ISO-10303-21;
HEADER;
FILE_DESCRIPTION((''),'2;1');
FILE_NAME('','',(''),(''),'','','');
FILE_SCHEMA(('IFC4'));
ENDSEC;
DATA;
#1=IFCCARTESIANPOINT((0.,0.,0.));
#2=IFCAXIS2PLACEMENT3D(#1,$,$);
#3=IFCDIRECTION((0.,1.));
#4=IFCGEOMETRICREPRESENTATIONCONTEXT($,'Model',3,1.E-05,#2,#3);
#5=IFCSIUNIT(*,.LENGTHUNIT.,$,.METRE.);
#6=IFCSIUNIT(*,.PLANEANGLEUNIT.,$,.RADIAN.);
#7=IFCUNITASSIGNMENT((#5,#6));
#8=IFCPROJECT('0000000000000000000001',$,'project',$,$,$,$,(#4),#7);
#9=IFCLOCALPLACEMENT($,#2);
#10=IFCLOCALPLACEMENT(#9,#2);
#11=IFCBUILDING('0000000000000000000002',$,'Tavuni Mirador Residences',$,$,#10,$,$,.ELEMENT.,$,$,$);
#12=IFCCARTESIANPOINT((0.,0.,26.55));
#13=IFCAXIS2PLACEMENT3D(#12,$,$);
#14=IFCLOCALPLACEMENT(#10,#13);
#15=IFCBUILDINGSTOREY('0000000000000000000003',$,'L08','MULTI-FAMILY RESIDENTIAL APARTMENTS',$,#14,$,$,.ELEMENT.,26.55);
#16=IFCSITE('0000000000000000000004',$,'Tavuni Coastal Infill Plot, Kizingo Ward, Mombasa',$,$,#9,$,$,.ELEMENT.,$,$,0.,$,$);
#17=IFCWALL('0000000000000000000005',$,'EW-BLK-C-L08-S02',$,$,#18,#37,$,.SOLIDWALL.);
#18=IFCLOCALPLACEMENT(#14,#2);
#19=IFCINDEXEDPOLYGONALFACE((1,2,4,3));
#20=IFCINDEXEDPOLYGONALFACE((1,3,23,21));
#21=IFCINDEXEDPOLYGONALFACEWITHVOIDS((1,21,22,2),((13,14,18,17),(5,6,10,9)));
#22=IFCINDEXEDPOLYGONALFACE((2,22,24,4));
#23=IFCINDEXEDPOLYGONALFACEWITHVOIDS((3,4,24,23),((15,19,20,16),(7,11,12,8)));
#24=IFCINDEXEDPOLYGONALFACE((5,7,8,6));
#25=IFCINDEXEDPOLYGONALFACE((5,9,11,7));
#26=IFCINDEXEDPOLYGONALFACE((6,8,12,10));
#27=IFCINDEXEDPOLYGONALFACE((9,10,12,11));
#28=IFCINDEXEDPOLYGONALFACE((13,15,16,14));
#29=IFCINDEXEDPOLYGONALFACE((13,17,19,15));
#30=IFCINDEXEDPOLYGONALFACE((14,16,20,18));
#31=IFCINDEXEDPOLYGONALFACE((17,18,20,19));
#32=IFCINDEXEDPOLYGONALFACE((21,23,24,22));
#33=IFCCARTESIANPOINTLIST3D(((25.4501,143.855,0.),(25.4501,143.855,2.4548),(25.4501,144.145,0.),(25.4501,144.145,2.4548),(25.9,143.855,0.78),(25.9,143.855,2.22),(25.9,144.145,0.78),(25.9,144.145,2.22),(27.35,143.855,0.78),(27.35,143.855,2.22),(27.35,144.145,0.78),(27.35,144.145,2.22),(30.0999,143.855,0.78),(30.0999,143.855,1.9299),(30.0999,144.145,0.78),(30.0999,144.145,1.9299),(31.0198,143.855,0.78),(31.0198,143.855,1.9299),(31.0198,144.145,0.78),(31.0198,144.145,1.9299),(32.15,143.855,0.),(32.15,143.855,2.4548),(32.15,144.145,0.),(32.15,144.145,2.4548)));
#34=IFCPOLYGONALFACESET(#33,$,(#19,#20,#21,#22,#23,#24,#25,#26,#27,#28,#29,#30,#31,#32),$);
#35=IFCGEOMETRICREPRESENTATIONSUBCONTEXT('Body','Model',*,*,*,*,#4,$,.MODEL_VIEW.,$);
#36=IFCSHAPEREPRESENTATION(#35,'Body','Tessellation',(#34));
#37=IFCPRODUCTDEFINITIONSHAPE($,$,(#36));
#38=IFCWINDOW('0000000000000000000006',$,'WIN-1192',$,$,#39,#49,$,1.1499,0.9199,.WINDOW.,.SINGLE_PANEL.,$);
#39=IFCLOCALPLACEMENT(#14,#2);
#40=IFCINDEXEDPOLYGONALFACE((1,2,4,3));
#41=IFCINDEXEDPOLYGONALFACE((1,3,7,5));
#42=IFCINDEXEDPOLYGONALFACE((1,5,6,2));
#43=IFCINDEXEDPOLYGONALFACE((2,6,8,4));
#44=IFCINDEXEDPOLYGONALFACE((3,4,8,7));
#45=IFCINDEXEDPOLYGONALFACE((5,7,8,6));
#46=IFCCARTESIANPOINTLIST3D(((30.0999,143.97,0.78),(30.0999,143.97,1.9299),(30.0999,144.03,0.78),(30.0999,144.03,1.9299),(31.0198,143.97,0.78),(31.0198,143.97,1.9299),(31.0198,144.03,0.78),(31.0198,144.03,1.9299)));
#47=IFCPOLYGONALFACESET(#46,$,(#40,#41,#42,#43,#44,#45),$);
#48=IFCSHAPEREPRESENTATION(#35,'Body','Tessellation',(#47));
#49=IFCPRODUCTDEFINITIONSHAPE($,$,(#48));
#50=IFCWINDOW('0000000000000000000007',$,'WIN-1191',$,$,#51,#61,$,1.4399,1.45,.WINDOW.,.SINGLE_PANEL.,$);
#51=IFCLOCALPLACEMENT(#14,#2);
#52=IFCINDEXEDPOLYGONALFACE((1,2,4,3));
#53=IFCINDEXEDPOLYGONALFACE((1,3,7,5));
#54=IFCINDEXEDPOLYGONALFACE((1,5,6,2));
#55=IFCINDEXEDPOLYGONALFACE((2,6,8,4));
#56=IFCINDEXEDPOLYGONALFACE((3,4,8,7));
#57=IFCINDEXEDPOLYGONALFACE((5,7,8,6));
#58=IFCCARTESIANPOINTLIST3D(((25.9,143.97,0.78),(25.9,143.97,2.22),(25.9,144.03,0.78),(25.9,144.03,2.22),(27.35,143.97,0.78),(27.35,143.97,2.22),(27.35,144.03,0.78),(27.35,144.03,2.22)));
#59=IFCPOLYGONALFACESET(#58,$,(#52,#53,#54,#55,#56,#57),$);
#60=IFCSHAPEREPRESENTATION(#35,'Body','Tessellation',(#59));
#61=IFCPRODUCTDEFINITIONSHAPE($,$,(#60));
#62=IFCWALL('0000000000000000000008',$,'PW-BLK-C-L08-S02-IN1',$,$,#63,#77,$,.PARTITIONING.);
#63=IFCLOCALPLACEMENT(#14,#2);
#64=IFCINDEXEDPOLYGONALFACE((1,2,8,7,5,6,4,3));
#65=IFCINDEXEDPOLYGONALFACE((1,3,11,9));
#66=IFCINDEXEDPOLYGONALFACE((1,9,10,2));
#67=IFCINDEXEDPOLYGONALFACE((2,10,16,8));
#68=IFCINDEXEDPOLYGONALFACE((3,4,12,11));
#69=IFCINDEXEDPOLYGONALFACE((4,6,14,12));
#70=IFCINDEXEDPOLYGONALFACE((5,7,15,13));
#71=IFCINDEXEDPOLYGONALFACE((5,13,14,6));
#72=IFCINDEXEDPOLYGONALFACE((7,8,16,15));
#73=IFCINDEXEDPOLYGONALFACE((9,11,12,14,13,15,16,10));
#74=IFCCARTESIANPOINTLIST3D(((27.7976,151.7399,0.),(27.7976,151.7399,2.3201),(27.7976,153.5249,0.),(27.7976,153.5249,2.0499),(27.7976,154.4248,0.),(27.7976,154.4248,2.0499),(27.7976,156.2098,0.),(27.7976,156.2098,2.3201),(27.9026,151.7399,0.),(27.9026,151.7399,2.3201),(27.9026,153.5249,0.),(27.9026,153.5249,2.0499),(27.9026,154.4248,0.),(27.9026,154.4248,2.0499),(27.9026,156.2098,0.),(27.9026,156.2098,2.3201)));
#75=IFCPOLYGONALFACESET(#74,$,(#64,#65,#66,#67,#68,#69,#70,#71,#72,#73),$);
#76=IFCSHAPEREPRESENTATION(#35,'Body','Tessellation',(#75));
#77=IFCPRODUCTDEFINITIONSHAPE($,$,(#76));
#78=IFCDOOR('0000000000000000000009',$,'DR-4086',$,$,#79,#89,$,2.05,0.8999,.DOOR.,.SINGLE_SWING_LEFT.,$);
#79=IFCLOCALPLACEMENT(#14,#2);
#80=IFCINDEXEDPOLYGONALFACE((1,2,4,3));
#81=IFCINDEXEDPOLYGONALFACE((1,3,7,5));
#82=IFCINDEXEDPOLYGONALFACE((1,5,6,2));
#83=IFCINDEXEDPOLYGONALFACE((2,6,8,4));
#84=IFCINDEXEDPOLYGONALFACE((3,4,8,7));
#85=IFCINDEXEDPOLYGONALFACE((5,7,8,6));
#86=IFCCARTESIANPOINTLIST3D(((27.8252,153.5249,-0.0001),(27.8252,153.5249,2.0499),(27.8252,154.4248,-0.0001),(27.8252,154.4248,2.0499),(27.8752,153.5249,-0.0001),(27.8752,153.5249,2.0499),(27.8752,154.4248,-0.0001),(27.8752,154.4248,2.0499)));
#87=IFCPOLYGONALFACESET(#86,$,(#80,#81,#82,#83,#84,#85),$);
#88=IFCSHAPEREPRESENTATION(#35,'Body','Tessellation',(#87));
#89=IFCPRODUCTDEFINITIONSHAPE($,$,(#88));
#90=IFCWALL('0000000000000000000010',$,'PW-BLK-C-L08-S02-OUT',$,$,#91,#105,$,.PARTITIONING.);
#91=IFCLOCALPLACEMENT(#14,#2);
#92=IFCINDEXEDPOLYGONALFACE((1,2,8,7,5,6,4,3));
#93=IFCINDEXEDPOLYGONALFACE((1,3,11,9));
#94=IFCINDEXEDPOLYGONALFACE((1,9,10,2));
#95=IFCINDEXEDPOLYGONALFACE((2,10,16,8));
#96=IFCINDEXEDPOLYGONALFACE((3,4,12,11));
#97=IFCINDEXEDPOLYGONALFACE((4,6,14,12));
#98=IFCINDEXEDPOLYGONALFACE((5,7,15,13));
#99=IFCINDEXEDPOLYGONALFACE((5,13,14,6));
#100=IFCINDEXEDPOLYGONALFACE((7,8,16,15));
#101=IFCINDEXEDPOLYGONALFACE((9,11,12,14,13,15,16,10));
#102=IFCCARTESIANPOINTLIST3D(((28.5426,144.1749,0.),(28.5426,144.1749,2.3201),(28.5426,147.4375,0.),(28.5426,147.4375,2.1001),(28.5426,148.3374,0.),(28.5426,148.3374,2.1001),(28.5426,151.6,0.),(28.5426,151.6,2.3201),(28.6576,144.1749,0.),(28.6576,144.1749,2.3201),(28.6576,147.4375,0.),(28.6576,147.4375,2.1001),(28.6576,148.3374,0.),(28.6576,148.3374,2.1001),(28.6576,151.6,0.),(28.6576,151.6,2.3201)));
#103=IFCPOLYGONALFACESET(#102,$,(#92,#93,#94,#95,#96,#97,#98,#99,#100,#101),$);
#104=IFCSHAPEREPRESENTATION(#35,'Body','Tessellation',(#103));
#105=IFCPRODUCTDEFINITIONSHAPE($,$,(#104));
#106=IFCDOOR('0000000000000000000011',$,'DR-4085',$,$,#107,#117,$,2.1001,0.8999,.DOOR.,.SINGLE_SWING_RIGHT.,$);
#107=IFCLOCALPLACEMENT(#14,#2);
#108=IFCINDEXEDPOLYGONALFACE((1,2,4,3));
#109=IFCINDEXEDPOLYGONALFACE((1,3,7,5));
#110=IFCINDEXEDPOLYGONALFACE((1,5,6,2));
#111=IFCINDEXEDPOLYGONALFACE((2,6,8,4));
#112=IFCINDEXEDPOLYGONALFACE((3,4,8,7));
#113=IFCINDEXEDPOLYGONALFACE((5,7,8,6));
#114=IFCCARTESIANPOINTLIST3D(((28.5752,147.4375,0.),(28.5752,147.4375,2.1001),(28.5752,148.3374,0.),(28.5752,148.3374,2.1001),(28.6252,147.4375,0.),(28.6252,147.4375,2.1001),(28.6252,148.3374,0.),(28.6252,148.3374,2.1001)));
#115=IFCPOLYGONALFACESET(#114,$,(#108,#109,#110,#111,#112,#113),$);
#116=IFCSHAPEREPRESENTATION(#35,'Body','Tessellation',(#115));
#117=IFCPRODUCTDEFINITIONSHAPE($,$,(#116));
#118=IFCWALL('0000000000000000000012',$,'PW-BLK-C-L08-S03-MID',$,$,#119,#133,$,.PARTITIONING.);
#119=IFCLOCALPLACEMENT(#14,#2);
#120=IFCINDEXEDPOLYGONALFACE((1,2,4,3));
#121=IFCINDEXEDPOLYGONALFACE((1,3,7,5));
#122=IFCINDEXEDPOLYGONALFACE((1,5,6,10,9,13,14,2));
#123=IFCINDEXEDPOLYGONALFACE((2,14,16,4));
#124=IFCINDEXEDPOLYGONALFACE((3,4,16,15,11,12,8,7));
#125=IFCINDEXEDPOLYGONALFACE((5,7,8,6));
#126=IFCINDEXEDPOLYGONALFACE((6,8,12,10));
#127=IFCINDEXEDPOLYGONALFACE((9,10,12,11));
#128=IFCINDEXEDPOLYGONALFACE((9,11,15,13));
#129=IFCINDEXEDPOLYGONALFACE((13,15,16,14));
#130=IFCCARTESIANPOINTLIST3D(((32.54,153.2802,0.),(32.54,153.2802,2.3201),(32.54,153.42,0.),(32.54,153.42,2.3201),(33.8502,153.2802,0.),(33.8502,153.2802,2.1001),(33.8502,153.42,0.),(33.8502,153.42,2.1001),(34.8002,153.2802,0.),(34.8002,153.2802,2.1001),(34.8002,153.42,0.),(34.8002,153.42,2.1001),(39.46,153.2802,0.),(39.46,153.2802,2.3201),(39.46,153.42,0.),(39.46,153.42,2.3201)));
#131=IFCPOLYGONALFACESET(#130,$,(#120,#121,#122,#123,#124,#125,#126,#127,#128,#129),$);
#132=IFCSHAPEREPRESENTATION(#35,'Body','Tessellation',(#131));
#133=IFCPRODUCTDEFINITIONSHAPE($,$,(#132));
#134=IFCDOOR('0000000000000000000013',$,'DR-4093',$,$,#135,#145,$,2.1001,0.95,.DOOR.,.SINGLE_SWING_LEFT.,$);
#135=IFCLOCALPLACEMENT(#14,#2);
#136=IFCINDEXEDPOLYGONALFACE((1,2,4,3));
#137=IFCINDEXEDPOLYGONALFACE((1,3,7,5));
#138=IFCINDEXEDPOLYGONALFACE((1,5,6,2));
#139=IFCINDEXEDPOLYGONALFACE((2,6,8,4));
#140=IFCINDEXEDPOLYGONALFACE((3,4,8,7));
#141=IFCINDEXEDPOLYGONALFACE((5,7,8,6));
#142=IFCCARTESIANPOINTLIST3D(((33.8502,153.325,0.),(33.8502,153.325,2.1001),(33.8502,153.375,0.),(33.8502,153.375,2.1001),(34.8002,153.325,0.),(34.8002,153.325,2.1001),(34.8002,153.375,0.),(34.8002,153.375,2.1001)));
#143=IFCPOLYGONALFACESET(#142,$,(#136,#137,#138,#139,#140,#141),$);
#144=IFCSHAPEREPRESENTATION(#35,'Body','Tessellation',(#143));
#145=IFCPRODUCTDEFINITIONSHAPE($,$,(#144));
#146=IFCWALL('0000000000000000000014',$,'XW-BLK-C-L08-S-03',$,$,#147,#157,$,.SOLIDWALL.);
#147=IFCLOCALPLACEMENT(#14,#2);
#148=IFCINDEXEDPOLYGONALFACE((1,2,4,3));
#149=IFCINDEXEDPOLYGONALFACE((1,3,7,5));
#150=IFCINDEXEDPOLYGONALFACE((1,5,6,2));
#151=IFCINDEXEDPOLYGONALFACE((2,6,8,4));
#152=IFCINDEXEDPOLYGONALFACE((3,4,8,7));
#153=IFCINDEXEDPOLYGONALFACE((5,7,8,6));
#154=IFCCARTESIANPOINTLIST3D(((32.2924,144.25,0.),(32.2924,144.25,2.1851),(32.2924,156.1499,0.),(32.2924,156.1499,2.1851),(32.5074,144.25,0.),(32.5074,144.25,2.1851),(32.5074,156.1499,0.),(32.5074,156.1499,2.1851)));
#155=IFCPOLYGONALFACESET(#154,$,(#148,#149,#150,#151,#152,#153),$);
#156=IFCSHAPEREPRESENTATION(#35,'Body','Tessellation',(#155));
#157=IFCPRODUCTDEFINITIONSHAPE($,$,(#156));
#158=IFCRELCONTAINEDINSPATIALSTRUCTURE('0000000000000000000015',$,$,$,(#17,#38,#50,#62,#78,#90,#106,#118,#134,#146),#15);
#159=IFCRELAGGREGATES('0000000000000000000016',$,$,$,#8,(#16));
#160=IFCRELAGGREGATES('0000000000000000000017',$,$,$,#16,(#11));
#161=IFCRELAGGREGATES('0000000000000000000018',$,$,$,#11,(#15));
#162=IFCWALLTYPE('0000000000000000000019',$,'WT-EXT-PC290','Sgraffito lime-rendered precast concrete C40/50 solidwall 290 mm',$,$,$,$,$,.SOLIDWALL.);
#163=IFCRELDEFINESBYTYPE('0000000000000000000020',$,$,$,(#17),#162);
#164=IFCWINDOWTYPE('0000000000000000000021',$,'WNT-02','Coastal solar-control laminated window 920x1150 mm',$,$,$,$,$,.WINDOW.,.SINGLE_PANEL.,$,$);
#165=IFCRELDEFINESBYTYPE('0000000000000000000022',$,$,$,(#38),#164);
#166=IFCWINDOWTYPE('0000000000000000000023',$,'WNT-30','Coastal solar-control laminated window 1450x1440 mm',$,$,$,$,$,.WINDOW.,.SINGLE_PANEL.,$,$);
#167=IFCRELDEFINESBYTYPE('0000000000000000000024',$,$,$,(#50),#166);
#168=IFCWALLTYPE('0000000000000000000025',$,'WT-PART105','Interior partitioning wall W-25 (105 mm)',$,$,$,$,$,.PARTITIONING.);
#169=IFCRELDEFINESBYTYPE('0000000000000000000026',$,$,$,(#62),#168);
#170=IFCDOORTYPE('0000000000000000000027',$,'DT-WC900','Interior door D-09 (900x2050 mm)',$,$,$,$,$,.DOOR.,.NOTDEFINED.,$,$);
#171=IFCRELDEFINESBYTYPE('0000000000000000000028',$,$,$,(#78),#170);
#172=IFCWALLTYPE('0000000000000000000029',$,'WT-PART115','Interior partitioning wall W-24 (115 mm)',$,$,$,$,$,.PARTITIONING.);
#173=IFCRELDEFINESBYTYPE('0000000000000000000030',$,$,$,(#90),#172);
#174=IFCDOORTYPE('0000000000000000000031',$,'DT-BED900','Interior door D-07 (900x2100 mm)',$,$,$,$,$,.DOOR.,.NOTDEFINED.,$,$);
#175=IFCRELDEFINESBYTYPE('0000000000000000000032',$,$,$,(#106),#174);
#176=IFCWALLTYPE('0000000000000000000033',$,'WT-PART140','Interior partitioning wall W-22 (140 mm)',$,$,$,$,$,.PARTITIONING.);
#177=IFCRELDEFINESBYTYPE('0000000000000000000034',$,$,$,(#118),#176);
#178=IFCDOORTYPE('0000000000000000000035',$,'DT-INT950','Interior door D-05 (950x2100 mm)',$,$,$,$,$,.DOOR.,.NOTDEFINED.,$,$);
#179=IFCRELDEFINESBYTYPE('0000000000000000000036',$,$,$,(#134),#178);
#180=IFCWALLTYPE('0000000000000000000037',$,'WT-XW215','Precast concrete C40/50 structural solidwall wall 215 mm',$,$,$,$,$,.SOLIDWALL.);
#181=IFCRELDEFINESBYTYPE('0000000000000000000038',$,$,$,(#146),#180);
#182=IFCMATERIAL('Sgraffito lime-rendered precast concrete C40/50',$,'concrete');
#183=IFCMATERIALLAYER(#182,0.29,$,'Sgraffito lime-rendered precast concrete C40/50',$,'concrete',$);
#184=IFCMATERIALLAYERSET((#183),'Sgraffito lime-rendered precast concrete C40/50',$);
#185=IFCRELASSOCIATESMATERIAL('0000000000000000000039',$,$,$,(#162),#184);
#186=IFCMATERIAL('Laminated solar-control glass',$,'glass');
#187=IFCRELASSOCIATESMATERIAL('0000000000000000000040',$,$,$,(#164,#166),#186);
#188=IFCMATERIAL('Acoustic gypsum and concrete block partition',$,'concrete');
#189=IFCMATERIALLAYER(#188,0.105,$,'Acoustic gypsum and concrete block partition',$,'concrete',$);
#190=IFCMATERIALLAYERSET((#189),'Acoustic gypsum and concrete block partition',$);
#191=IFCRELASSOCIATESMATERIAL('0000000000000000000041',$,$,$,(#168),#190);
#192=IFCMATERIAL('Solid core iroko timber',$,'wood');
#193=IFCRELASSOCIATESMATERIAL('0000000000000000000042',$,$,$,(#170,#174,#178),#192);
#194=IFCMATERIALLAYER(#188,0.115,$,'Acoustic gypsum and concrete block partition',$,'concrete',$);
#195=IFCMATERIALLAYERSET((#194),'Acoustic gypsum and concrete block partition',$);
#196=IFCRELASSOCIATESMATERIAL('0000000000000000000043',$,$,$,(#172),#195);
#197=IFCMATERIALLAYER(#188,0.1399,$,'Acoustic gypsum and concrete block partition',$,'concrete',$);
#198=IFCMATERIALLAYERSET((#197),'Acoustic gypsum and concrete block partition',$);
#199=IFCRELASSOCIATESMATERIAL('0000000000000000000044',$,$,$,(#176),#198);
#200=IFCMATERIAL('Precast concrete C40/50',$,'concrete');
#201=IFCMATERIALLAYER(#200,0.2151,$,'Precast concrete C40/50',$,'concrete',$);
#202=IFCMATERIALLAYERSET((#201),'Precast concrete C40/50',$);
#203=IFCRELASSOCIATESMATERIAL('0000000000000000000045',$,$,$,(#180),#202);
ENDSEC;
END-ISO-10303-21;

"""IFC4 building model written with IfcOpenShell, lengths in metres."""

from ifc_helpers import new_model, si_unit, direction, frame, frame_2d, origin, place, context, subcontext, project, spatial, rectangle, extrude, material, layer, layer_set, type_object, element, fill, save


model = new_model("IFC4")

# Units and contexts
model_context = context("Model", 3, precision=1e-05, world=origin(), true_north=direction((0.0, 1.0)))
body_context = subcontext(model_context, "Body", "Model", "MODEL_VIEW")
ifc_project = project(units=[si_unit("LENGTHUNIT", "METRE"), si_unit("PLANEANGLEUNIT", "RADIAN")], contexts=[model_context])

# Site, building, storey
site_placement = place(None, origin())
site = spatial("IfcSite", under=ifc_project, at=site_placement, Name="Tavuni Coastal Infill Plot, Kizingo Ward, Mombasa", CompositionType="ELEMENT", RefElevation=0.0)
building_placement = place(site_placement, origin())
building = spatial("IfcBuilding", under=site, at=building_placement, Name="Tavuni Mirador Residences", CompositionType="ELEMENT")
storey_placement = place(building_placement, frame((0.0, 0.0, 26.55)))
storey = spatial("IfcBuildingStorey", under=building, at=storey_placement, Name="L08", Description="MULTI-FAMILY RESIDENTIAL APARTMENTS", CompositionType="ELEMENT", Elevation=26.55)

# Shared definitions
ifc_material_1 = material(Name="Precast concrete C40/50", Category="concrete")

# Shared definitions
ifc_material_2 = material(Name="Solid core iroko timber", Category="wood")

# Wall, openings, windows
ifc_material_3 = material(Name="Sgraffito lime-rendered precast concrete C40/50", Category="concrete")
ifc_layer_1 = layer(ifc_material_3, 0.29, Name="Sgraffito lime-rendered precast concrete C40/50", Category="concrete")
ifc_layer_set_1 = layer_set([ifc_layer_1], Name="Sgraffito lime-rendered precast concrete C40/50")
wall_type_1 = type_object("IfcWallType", Name="WT-EXT-PC290", Description="Sgraffito lime-rendered precast concrete C40/50 solidwall 290 mm", PredefinedType="SOLIDWALL", material=ifc_layer_set_1)
wall_1_placement = place(storey_placement, frame((25.45, 144.0, 0.0), z_axis=(0.0, 0.0, 1.0), x_axis=(1.0, 0.0, 0.0)))
wall_1 = element("IfcWall", 1, at=wall_1_placement, inside=storey, type_object=wall_type_1, Name="EW-BLK-C-L08-S02", PredefinedType="SOLIDWALL", context=body_context, shape_type="SweptSolid", body=[
    extrude(rectangle(XDim=6.7, YDim=0.29, at=frame_2d((3.3501, 0.0))), origin(), (0.0, 0.0, 1.0), 2.4548),
])
opening_1_placement = place(wall_1_placement, frame((0.45, 0.0, 0.78)))
opening_1 = element("IfcOpeningElement", 2, at=opening_1_placement, cuts=wall_1, PredefinedType="OPENING", context=body_context, shape_type="SweptSolid", body=[
    extrude(rectangle(XDim=1.45, YDim=1.4399, at=frame_2d((0.7251, 0.72))), frame((0.0, 0.155, 0.0), z_axis=(0.0, -1.0, 0.0), x_axis=(1.0, 0.0, 0.0)), (0.0, 0.0, 1.0), 0.3101),
])
opening_2_placement = place(wall_1_placement, frame((4.6499, 0.0, 0.78)))
opening_2 = element("IfcOpeningElement", 3, at=opening_2_placement, cuts=wall_1, PredefinedType="OPENING", context=body_context, shape_type="SweptSolid", body=[
    extrude(rectangle(XDim=0.9199, YDim=1.1499, at=frame_2d((0.46, 0.575))), frame((0.0, 0.155, 0.0), z_axis=(0.0, -1.0, 0.0), x_axis=(1.0, 0.0, 0.0)), (0.0, 0.0, 1.0), 0.3101),
])
ifc_material_4 = material(Name="Laminated solar-control glass", Category="glass")
window_type_1 = type_object("IfcWindowType", Name="WNT-02", Description="Coastal solar-control laminated window 920x1150 mm", PartitioningType="SINGLE_PANEL", PredefinedType="WINDOW", material=ifc_material_4)
window_1_placement = place(opening_2_placement, origin())
window_1 = element("IfcWindow", 4, at=window_1_placement, inside=storey, type_object=window_type_1, Name="WIN-1192", OverallHeight=1.1499, OverallWidth=0.9199, PartitioningType="SINGLE_PANEL", PredefinedType="WINDOW", context=body_context, shape_type="SweptSolid", body=[
    extrude(rectangle(XDim=0.9199, YDim=1.1499, at=frame_2d((0.46, 0.575))), frame((0.0, 0.03, 0.0), z_axis=(0.0, -1.0, 0.0), x_axis=(1.0, 0.0, 0.0)), (0.0, 0.0, 1.0), 0.0601),
])
fill(opening_2, window_1)
window_type_2 = type_object("IfcWindowType", Name="WNT-30", Description="Coastal solar-control laminated window 1450x1440 mm", PartitioningType="SINGLE_PANEL", PredefinedType="WINDOW", material=ifc_material_4)
window_2_placement = place(opening_1_placement, origin())
window_2 = element("IfcWindow", 5, at=window_2_placement, inside=storey, type_object=window_type_2, Name="WIN-1191", OverallHeight=1.4399, OverallWidth=1.45, PartitioningType="SINGLE_PANEL", PredefinedType="WINDOW", context=body_context, shape_type="SweptSolid", body=[
    extrude(rectangle(XDim=1.45, YDim=1.4399, at=frame_2d((0.7251, 0.72))), frame((0.0, 0.03, 0.0), z_axis=(0.0, -1.0, 0.0), x_axis=(1.0, 0.0, 0.0)), (0.0, 0.0, 1.0), 0.0601),
])
fill(opening_1, window_2)

# Walls, openings, doors
ifc_material_5 = material(Name="Acoustic gypsum and concrete block partition", Category="concrete")
ifc_layer_2 = layer(ifc_material_5, 0.105, Name="Acoustic gypsum and concrete block partition", Category="concrete")
ifc_layer_set_2 = layer_set([ifc_layer_2], Name="Acoustic gypsum and concrete block partition")
wall_type_2 = type_object("IfcWallType", Name="WT-PART105", Description="Interior partitioning wall W-25 (105 mm)", PredefinedType="PARTITIONING", material=ifc_layer_set_2)
wall_2_placement = place(storey_placement, frame((27.8501, 151.74, 0.0), z_axis=(0.0, 0.0, 1.0), x_axis=(0.0, 1.0, 0.0)))
wall_2 = element("IfcWall", 6, at=wall_2_placement, inside=storey, type_object=wall_type_2, Name="PW-BLK-C-L08-S02-IN1", PredefinedType="PARTITIONING", context=body_context, shape_type="SweptSolid", body=[
    extrude(rectangle(XDim=4.47, YDim=0.105, at=frame_2d((2.2349, 0.0))), origin(), (0.0, 0.0, 1.0), 2.3201),
])
opening_3_placement = place(wall_2_placement, frame((1.7849, 0.0, 0.0)))
opening_3 = element("IfcOpeningElement", 7, at=opening_3_placement, cuts=wall_2, PredefinedType="OPENING", context=body_context, shape_type="SweptSolid", body=[
    extrude(rectangle(XDim=0.8999, YDim=2.05, at=frame_2d((0.45, 1.0249))), frame((0.0, 0.0625, 0.0), z_axis=(0.0, -1.0, 0.0), x_axis=(1.0, 0.0, 0.0)), (0.0, 0.0, 1.0), 0.125),
])
door_type_1 = type_object("IfcDoorType", Name="DT-WC900", Description="Interior door D-09 (900x2050 mm)", OperationType="NOTDEFINED", PredefinedType="DOOR", material=ifc_material_2)
door_1_placement = place(opening_3_placement, origin())
door_1 = element("IfcDoor", 8, at=door_1_placement, inside=storey, type_object=door_type_1, Name="DR-4086", OperationType="SINGLE_SWING_LEFT", OverallHeight=2.05, OverallWidth=0.8999, PredefinedType="DOOR", context=body_context, shape_type="SweptSolid", body=[
    extrude(rectangle(XDim=0.8999, YDim=2.05, at=frame_2d((0.45, 1.0249))), frame((0.0, 0.0249, 0.0), z_axis=(0.0, -1.0, 0.0), x_axis=(1.0, 0.0, 0.0)), (0.0, 0.0, 1.0), 0.05),
])
fill(opening_3, door_1)
ifc_layer_3 = layer(ifc_material_5, 0.115, Name="Acoustic gypsum and concrete block partition", Category="concrete")
ifc_layer_set_3 = layer_set([ifc_layer_3], Name="Acoustic gypsum and concrete block partition")
wall_type_3 = type_object("IfcWallType", Name="WT-PART115", Description="Interior partitioning wall W-24 (115 mm)", PredefinedType="PARTITIONING", material=ifc_layer_set_3)
wall_3_placement = place(storey_placement, frame((28.6001, 144.175, 0.0), z_axis=(0.0, 0.0, 1.0), x_axis=(0.0, 1.0, 0.0)))
wall_3 = element("IfcWall", 9, at=wall_3_placement, inside=storey, type_object=wall_type_3, Name="PW-BLK-C-L08-S02-OUT", PredefinedType="PARTITIONING", context=body_context, shape_type="SweptSolid", body=[
    extrude(rectangle(XDim=7.425, YDim=0.115, at=frame_2d((3.7124, 0.0))), origin(), (0.0, 0.0, 1.0), 2.3201),
])
opening_4_placement = place(wall_3_placement, frame((3.2625, 0.0, 0.0)))
opening_4 = element("IfcOpeningElement", 10, at=opening_4_placement, cuts=wall_3, PredefinedType="OPENING", context=body_context, shape_type="SweptSolid", body=[
    extrude(rectangle(XDim=0.8999, YDim=2.1001, at=frame_2d((0.45, 1.05))), frame((0.0, 0.0674, 0.0), z_axis=(0.0, -1.0, 0.0), x_axis=(1.0, 0.0, 0.0)), (0.0, 0.0, 1.0), 0.135),
])
door_type_2 = type_object("IfcDoorType", Name="DT-BED900", Description="Interior door D-07 (900x2100 mm)", OperationType="NOTDEFINED", PredefinedType="DOOR", material=ifc_material_2)
door_2_placement = place(opening_4_placement, origin())
door_2 = element("IfcDoor", 11, at=door_2_placement, inside=storey, type_object=door_type_2, Name="DR-4085", OperationType="SINGLE_SWING_RIGHT", OverallHeight=2.1001, OverallWidth=0.8999, PredefinedType="DOOR", context=body_context, shape_type="SweptSolid", body=[
    extrude(rectangle(XDim=0.8999, YDim=2.1001, at=frame_2d((0.45, 1.05))), frame((0.0, 0.0249, 0.0), z_axis=(0.0, -1.0, 0.0), x_axis=(1.0, 0.0, 0.0)), (0.0, 0.0, 1.0), 0.05),
])
fill(opening_4, door_2)
ifc_layer_4 = layer(ifc_material_5, 0.1399, Name="Acoustic gypsum and concrete block partition", Category="concrete")
ifc_layer_set_4 = layer_set([ifc_layer_4], Name="Acoustic gypsum and concrete block partition")
wall_type_4 = type_object("IfcWallType", Name="WT-PART140", Description="Interior partitioning wall W-22 (140 mm)", PredefinedType="PARTITIONING", material=ifc_layer_set_4)
wall_4_placement = place(storey_placement, frame((32.54, 153.3501, 0.0), z_axis=(0.0, 0.0, 1.0), x_axis=(1.0, 0.0, 0.0)))
wall_4 = element("IfcWall", 12, at=wall_4_placement, inside=storey, type_object=wall_type_4, Name="PW-BLK-C-L08-S03-MID", PredefinedType="PARTITIONING", context=body_context, shape_type="SweptSolid", body=[
    extrude(rectangle(XDim=6.9199, YDim=0.1399, at=frame_2d((3.46, 0.0))), origin(), (0.0, 0.0, 1.0), 2.3201),
])
opening_5_placement = place(wall_4_placement, frame((1.3101, 0.0, 0.0)))
opening_5 = element("IfcOpeningElement", 13, at=opening_5_placement, cuts=wall_4, PredefinedType="OPENING", context=body_context, shape_type="SweptSolid", body=[
    extrude(rectangle(XDim=0.95, YDim=2.1001, at=frame_2d((0.4751, 1.05))), frame((0.0, 0.0801, 0.0), z_axis=(0.0, -1.0, 0.0), x_axis=(1.0, 0.0, 0.0)), (0.0, 0.0, 1.0), 0.1599),
])
door_type_3 = type_object("IfcDoorType", Name="DT-INT950", Description="Interior door D-05 (950x2100 mm)", OperationType="NOTDEFINED", PredefinedType="DOOR", material=ifc_material_2)
door_3_placement = place(opening_5_placement, origin())
door_3 = element("IfcDoor", 14, at=door_3_placement, inside=storey, type_object=door_type_3, Name="DR-4093", OperationType="SINGLE_SWING_LEFT", OverallHeight=2.1001, OverallWidth=0.95, PredefinedType="DOOR", context=body_context, shape_type="SweptSolid", body=[
    extrude(rectangle(XDim=0.95, YDim=2.1001, at=frame_2d((0.4751, 1.05))), frame((0.0, 0.0249, 0.0), z_axis=(0.0, -1.0, 0.0), x_axis=(1.0, 0.0, 0.0)), (0.0, 0.0, 1.0), 0.05),
])
fill(opening_5, door_3)

# Wall
ifc_layer_5 = layer(ifc_material_1, 0.2151, Name="Precast concrete C40/50", Category="concrete")
ifc_layer_set_5 = layer_set([ifc_layer_5], Name="Precast concrete C40/50")
wall_type_5 = type_object("IfcWallType", Name="WT-XW215", Description="Precast concrete C40/50 structural solidwall wall 215 mm", PredefinedType="SOLIDWALL", material=ifc_layer_set_5)
wall_5_placement = place(storey_placement, frame((32.3999, 144.25, 0.0), z_axis=(0.0, 0.0, 1.0), x_axis=(0.0, 1.0, 0.0)))
element("IfcWall", 15, at=wall_5_placement, inside=storey, type_object=wall_type_5, Name="XW-BLK-C-L08-S-03", PredefinedType="SOLIDWALL", context=body_context, shape_type="SweptSolid", body=[
    extrude(rectangle(XDim=11.8999, YDim=0.2151, at=frame_2d((5.95, 0.0))), origin(), (0.0, 0.0, 1.0), 2.1851),
])

save(model, "model.ifc")
